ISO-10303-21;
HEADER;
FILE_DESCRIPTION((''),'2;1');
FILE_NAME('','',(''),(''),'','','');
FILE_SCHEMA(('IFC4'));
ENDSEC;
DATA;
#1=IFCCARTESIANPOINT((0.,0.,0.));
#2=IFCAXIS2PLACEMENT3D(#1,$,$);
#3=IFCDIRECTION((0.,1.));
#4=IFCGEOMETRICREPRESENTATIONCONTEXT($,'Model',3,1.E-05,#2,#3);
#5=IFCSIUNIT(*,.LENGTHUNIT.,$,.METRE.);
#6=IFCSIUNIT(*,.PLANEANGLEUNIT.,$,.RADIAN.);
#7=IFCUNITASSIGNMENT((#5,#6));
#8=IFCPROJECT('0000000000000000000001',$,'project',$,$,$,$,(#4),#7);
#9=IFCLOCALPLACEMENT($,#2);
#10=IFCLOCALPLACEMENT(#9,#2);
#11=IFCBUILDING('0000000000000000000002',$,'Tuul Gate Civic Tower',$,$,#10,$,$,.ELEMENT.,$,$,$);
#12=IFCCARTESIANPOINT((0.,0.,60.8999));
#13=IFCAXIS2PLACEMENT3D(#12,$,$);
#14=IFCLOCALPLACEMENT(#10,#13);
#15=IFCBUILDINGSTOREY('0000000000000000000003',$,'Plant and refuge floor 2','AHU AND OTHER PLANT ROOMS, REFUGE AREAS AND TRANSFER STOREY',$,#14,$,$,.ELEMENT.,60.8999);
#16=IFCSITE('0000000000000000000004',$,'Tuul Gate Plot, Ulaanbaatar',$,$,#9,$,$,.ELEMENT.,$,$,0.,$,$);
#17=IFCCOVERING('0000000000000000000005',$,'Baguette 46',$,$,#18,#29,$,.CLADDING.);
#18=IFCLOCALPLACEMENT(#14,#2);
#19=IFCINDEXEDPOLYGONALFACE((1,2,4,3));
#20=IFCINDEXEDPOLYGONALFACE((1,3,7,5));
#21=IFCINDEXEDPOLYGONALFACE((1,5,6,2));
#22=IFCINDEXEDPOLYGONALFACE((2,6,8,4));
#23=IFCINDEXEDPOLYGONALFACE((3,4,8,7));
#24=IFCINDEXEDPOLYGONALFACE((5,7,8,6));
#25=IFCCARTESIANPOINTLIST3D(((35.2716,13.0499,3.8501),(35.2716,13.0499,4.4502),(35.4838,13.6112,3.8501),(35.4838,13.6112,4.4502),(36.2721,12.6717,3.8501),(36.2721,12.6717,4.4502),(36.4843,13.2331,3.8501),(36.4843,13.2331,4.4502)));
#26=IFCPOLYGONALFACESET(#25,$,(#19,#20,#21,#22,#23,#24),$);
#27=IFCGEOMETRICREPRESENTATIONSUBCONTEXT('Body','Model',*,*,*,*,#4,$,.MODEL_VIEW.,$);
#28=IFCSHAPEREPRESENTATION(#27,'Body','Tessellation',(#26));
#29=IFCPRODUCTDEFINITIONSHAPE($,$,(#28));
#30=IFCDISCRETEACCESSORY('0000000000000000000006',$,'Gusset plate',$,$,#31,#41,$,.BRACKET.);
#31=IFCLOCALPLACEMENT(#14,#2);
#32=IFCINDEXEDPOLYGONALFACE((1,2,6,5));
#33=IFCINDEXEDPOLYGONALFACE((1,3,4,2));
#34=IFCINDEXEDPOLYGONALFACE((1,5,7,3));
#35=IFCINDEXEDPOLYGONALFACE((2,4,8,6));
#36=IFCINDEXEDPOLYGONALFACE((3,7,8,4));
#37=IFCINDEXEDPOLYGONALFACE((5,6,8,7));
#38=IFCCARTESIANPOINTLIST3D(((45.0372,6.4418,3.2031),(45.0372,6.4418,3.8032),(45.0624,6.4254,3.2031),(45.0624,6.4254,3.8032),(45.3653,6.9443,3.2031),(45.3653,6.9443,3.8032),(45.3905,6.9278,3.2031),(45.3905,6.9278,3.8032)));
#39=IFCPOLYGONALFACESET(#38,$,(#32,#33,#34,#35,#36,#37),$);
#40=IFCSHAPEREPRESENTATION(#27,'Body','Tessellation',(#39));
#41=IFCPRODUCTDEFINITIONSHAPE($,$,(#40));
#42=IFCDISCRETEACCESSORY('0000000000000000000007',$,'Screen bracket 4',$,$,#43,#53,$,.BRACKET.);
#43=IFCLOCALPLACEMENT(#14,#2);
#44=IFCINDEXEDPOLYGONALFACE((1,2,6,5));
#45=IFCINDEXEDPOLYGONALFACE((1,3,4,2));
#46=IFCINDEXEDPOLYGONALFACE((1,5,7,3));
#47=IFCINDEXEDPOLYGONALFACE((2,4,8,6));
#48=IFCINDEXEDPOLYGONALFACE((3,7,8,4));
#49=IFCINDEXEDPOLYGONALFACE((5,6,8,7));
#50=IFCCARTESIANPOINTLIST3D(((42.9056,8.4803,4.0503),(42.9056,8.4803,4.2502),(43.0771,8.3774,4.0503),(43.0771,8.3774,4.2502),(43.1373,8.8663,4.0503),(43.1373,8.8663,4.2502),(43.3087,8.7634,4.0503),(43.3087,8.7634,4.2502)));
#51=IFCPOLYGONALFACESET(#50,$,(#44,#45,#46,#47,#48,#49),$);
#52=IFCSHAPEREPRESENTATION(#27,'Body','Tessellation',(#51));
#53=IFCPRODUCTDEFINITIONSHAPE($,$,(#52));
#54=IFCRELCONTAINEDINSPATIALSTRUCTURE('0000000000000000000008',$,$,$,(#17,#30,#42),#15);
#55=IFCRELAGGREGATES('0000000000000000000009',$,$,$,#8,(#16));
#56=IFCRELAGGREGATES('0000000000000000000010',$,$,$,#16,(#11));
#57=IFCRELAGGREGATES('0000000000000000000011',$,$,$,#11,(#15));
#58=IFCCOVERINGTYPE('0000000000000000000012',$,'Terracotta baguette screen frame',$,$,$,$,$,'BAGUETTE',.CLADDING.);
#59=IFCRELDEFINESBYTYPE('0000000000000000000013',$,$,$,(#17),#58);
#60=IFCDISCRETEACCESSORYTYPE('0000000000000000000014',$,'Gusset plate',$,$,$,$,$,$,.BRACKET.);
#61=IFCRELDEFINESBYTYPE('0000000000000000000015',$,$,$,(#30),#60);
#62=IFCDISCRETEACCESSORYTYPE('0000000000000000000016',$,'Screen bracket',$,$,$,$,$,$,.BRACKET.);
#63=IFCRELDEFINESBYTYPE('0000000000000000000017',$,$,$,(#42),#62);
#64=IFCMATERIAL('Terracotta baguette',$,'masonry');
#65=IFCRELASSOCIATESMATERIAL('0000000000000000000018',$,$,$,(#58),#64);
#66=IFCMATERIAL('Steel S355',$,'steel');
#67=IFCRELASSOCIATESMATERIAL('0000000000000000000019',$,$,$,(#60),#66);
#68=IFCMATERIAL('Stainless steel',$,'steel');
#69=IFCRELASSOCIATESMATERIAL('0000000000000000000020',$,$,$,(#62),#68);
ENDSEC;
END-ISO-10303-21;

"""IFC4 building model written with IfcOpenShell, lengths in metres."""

from ifc_helpers import new_model, si_unit, direction, frame, origin, origin_2d, place, context, subcontext, project, spatial, rectangle, extrude, material, material_profile, profile_set, type_object, element, save


model = new_model("IFC4")

# Units and contexts
model_context = context("Model", 3, precision=1e-05, world=origin(), true_north=direction((0.0, 1.0)))
body_context = subcontext(model_context, "Body", "Model", "MODEL_VIEW")
ifc_project = project(units=[si_unit("LENGTHUNIT", "METRE"), si_unit("PLANEANGLEUNIT", "RADIAN")], contexts=[model_context])

# Site, building, storey
site_placement = place(None, origin())
site = spatial("IfcSite", under=ifc_project, at=site_placement, Name="Tuul Gate Plot, Ulaanbaatar", CompositionType="ELEMENT", RefElevation=0.0)
building_placement = place(site_placement, origin())
building = spatial("IfcBuilding", under=site, at=building_placement, Name="Tuul Gate Civic Tower", CompositionType="ELEMENT")
storey_placement = place(building_placement, frame((0.0, 0.0, 60.8999)))
storey = spatial("IfcBuildingStorey", under=building, at=storey_placement, Name="Plant and refuge floor 2", Description="AHU AND OTHER PLANT ROOMS, REFUGE AREAS AND TRANSFER STOREY", CompositionType="ELEMENT", Elevation=60.8999)

# Covering
ifc_material_1 = material(Name="Terracotta baguette", Category="masonry")
ifc_material_profile_1 = material_profile(ifc_material_1, rectangle(XDim=0.6001, YDim=0.6001, at=origin_2d()), Name="Terracotta baguette screen frame")
ifc_profile_set_1 = profile_set([ifc_material_profile_1], Name="Terracotta baguette")
covering_type = type_object("IfcCoveringType", Name="Terracotta baguette screen frame", ElementType="BAGUETTE", PredefinedType="CLADDING", material=ifc_profile_set_1)
covering_1_placement = place(storey_placement, frame((36.3782, 12.9524, 4.1501), z_axis=(-0.935407, 0.353574, 0.0), x_axis=(-0.353574, -0.935407, 0.0)))
element("IfcCovering", 1, at=covering_1_placement, inside=storey, type_object=covering_type, Name="Baguette 46", PredefinedType="CLADDING", context=body_context, shape_type="SweptSolid", body=[
    extrude(rectangle(XDim=0.6001, YDim=0.6001, at=origin_2d()), origin(), (0.0, 0.0, 1.0), 1.0696),
])

# Discrete accessories
ifc_material_2 = material(Name="Steel S355", Category="steel")
discrete_accessory_type_1 = type_object("IfcDiscreteAccessoryType", Name="Gusset plate", PredefinedType="BRACKET", material=ifc_material_2)
discrete_accessory_1_placement = place(storey_placement, frame((45.2139, 6.6848, 3.2031), z_axis=(0.0, 0.0, 1.0), x_axis=(-0.546743, -0.8373, 0.0)))
element("IfcDiscreteAccessory", 2, at=discrete_accessory_1_placement, inside=storey, type_object=discrete_accessory_type_1, Name="Gusset plate", PredefinedType="BRACKET", context=body_context, shape_type="SweptSolid", body=[
    extrude(rectangle(XDim=0.6001, YDim=0.03, at=origin_2d()), origin(), (0.0, 0.0, 1.0), 0.6001),
])
ifc_material_3 = material(Name="Stainless steel", Category="steel")
discrete_accessory_type_2 = type_object("IfcDiscreteAccessoryType", Name="Screen bracket", PredefinedType="BRACKET", material=ifc_material_3)
discrete_accessory_2_placement = place(storey_placement, frame((43.1072, 8.6218, 4.0503), z_axis=(0.0, 0.0, 1.0), x_axis=(0.514624, 0.857416, 0.0)))
element("IfcDiscreteAccessory", 3, at=discrete_accessory_2_placement, inside=storey, type_object=discrete_accessory_type_2, Name="Screen bracket 4", PredefinedType="BRACKET", context=body_context, shape_type="SweptSolid", body=[
    extrude(rectangle(XDim=0.4502, YDim=0.2, at=origin_2d()), origin(), (0.0, 0.0, 1.0), 0.2),
])

save(model, "model.ifc")
